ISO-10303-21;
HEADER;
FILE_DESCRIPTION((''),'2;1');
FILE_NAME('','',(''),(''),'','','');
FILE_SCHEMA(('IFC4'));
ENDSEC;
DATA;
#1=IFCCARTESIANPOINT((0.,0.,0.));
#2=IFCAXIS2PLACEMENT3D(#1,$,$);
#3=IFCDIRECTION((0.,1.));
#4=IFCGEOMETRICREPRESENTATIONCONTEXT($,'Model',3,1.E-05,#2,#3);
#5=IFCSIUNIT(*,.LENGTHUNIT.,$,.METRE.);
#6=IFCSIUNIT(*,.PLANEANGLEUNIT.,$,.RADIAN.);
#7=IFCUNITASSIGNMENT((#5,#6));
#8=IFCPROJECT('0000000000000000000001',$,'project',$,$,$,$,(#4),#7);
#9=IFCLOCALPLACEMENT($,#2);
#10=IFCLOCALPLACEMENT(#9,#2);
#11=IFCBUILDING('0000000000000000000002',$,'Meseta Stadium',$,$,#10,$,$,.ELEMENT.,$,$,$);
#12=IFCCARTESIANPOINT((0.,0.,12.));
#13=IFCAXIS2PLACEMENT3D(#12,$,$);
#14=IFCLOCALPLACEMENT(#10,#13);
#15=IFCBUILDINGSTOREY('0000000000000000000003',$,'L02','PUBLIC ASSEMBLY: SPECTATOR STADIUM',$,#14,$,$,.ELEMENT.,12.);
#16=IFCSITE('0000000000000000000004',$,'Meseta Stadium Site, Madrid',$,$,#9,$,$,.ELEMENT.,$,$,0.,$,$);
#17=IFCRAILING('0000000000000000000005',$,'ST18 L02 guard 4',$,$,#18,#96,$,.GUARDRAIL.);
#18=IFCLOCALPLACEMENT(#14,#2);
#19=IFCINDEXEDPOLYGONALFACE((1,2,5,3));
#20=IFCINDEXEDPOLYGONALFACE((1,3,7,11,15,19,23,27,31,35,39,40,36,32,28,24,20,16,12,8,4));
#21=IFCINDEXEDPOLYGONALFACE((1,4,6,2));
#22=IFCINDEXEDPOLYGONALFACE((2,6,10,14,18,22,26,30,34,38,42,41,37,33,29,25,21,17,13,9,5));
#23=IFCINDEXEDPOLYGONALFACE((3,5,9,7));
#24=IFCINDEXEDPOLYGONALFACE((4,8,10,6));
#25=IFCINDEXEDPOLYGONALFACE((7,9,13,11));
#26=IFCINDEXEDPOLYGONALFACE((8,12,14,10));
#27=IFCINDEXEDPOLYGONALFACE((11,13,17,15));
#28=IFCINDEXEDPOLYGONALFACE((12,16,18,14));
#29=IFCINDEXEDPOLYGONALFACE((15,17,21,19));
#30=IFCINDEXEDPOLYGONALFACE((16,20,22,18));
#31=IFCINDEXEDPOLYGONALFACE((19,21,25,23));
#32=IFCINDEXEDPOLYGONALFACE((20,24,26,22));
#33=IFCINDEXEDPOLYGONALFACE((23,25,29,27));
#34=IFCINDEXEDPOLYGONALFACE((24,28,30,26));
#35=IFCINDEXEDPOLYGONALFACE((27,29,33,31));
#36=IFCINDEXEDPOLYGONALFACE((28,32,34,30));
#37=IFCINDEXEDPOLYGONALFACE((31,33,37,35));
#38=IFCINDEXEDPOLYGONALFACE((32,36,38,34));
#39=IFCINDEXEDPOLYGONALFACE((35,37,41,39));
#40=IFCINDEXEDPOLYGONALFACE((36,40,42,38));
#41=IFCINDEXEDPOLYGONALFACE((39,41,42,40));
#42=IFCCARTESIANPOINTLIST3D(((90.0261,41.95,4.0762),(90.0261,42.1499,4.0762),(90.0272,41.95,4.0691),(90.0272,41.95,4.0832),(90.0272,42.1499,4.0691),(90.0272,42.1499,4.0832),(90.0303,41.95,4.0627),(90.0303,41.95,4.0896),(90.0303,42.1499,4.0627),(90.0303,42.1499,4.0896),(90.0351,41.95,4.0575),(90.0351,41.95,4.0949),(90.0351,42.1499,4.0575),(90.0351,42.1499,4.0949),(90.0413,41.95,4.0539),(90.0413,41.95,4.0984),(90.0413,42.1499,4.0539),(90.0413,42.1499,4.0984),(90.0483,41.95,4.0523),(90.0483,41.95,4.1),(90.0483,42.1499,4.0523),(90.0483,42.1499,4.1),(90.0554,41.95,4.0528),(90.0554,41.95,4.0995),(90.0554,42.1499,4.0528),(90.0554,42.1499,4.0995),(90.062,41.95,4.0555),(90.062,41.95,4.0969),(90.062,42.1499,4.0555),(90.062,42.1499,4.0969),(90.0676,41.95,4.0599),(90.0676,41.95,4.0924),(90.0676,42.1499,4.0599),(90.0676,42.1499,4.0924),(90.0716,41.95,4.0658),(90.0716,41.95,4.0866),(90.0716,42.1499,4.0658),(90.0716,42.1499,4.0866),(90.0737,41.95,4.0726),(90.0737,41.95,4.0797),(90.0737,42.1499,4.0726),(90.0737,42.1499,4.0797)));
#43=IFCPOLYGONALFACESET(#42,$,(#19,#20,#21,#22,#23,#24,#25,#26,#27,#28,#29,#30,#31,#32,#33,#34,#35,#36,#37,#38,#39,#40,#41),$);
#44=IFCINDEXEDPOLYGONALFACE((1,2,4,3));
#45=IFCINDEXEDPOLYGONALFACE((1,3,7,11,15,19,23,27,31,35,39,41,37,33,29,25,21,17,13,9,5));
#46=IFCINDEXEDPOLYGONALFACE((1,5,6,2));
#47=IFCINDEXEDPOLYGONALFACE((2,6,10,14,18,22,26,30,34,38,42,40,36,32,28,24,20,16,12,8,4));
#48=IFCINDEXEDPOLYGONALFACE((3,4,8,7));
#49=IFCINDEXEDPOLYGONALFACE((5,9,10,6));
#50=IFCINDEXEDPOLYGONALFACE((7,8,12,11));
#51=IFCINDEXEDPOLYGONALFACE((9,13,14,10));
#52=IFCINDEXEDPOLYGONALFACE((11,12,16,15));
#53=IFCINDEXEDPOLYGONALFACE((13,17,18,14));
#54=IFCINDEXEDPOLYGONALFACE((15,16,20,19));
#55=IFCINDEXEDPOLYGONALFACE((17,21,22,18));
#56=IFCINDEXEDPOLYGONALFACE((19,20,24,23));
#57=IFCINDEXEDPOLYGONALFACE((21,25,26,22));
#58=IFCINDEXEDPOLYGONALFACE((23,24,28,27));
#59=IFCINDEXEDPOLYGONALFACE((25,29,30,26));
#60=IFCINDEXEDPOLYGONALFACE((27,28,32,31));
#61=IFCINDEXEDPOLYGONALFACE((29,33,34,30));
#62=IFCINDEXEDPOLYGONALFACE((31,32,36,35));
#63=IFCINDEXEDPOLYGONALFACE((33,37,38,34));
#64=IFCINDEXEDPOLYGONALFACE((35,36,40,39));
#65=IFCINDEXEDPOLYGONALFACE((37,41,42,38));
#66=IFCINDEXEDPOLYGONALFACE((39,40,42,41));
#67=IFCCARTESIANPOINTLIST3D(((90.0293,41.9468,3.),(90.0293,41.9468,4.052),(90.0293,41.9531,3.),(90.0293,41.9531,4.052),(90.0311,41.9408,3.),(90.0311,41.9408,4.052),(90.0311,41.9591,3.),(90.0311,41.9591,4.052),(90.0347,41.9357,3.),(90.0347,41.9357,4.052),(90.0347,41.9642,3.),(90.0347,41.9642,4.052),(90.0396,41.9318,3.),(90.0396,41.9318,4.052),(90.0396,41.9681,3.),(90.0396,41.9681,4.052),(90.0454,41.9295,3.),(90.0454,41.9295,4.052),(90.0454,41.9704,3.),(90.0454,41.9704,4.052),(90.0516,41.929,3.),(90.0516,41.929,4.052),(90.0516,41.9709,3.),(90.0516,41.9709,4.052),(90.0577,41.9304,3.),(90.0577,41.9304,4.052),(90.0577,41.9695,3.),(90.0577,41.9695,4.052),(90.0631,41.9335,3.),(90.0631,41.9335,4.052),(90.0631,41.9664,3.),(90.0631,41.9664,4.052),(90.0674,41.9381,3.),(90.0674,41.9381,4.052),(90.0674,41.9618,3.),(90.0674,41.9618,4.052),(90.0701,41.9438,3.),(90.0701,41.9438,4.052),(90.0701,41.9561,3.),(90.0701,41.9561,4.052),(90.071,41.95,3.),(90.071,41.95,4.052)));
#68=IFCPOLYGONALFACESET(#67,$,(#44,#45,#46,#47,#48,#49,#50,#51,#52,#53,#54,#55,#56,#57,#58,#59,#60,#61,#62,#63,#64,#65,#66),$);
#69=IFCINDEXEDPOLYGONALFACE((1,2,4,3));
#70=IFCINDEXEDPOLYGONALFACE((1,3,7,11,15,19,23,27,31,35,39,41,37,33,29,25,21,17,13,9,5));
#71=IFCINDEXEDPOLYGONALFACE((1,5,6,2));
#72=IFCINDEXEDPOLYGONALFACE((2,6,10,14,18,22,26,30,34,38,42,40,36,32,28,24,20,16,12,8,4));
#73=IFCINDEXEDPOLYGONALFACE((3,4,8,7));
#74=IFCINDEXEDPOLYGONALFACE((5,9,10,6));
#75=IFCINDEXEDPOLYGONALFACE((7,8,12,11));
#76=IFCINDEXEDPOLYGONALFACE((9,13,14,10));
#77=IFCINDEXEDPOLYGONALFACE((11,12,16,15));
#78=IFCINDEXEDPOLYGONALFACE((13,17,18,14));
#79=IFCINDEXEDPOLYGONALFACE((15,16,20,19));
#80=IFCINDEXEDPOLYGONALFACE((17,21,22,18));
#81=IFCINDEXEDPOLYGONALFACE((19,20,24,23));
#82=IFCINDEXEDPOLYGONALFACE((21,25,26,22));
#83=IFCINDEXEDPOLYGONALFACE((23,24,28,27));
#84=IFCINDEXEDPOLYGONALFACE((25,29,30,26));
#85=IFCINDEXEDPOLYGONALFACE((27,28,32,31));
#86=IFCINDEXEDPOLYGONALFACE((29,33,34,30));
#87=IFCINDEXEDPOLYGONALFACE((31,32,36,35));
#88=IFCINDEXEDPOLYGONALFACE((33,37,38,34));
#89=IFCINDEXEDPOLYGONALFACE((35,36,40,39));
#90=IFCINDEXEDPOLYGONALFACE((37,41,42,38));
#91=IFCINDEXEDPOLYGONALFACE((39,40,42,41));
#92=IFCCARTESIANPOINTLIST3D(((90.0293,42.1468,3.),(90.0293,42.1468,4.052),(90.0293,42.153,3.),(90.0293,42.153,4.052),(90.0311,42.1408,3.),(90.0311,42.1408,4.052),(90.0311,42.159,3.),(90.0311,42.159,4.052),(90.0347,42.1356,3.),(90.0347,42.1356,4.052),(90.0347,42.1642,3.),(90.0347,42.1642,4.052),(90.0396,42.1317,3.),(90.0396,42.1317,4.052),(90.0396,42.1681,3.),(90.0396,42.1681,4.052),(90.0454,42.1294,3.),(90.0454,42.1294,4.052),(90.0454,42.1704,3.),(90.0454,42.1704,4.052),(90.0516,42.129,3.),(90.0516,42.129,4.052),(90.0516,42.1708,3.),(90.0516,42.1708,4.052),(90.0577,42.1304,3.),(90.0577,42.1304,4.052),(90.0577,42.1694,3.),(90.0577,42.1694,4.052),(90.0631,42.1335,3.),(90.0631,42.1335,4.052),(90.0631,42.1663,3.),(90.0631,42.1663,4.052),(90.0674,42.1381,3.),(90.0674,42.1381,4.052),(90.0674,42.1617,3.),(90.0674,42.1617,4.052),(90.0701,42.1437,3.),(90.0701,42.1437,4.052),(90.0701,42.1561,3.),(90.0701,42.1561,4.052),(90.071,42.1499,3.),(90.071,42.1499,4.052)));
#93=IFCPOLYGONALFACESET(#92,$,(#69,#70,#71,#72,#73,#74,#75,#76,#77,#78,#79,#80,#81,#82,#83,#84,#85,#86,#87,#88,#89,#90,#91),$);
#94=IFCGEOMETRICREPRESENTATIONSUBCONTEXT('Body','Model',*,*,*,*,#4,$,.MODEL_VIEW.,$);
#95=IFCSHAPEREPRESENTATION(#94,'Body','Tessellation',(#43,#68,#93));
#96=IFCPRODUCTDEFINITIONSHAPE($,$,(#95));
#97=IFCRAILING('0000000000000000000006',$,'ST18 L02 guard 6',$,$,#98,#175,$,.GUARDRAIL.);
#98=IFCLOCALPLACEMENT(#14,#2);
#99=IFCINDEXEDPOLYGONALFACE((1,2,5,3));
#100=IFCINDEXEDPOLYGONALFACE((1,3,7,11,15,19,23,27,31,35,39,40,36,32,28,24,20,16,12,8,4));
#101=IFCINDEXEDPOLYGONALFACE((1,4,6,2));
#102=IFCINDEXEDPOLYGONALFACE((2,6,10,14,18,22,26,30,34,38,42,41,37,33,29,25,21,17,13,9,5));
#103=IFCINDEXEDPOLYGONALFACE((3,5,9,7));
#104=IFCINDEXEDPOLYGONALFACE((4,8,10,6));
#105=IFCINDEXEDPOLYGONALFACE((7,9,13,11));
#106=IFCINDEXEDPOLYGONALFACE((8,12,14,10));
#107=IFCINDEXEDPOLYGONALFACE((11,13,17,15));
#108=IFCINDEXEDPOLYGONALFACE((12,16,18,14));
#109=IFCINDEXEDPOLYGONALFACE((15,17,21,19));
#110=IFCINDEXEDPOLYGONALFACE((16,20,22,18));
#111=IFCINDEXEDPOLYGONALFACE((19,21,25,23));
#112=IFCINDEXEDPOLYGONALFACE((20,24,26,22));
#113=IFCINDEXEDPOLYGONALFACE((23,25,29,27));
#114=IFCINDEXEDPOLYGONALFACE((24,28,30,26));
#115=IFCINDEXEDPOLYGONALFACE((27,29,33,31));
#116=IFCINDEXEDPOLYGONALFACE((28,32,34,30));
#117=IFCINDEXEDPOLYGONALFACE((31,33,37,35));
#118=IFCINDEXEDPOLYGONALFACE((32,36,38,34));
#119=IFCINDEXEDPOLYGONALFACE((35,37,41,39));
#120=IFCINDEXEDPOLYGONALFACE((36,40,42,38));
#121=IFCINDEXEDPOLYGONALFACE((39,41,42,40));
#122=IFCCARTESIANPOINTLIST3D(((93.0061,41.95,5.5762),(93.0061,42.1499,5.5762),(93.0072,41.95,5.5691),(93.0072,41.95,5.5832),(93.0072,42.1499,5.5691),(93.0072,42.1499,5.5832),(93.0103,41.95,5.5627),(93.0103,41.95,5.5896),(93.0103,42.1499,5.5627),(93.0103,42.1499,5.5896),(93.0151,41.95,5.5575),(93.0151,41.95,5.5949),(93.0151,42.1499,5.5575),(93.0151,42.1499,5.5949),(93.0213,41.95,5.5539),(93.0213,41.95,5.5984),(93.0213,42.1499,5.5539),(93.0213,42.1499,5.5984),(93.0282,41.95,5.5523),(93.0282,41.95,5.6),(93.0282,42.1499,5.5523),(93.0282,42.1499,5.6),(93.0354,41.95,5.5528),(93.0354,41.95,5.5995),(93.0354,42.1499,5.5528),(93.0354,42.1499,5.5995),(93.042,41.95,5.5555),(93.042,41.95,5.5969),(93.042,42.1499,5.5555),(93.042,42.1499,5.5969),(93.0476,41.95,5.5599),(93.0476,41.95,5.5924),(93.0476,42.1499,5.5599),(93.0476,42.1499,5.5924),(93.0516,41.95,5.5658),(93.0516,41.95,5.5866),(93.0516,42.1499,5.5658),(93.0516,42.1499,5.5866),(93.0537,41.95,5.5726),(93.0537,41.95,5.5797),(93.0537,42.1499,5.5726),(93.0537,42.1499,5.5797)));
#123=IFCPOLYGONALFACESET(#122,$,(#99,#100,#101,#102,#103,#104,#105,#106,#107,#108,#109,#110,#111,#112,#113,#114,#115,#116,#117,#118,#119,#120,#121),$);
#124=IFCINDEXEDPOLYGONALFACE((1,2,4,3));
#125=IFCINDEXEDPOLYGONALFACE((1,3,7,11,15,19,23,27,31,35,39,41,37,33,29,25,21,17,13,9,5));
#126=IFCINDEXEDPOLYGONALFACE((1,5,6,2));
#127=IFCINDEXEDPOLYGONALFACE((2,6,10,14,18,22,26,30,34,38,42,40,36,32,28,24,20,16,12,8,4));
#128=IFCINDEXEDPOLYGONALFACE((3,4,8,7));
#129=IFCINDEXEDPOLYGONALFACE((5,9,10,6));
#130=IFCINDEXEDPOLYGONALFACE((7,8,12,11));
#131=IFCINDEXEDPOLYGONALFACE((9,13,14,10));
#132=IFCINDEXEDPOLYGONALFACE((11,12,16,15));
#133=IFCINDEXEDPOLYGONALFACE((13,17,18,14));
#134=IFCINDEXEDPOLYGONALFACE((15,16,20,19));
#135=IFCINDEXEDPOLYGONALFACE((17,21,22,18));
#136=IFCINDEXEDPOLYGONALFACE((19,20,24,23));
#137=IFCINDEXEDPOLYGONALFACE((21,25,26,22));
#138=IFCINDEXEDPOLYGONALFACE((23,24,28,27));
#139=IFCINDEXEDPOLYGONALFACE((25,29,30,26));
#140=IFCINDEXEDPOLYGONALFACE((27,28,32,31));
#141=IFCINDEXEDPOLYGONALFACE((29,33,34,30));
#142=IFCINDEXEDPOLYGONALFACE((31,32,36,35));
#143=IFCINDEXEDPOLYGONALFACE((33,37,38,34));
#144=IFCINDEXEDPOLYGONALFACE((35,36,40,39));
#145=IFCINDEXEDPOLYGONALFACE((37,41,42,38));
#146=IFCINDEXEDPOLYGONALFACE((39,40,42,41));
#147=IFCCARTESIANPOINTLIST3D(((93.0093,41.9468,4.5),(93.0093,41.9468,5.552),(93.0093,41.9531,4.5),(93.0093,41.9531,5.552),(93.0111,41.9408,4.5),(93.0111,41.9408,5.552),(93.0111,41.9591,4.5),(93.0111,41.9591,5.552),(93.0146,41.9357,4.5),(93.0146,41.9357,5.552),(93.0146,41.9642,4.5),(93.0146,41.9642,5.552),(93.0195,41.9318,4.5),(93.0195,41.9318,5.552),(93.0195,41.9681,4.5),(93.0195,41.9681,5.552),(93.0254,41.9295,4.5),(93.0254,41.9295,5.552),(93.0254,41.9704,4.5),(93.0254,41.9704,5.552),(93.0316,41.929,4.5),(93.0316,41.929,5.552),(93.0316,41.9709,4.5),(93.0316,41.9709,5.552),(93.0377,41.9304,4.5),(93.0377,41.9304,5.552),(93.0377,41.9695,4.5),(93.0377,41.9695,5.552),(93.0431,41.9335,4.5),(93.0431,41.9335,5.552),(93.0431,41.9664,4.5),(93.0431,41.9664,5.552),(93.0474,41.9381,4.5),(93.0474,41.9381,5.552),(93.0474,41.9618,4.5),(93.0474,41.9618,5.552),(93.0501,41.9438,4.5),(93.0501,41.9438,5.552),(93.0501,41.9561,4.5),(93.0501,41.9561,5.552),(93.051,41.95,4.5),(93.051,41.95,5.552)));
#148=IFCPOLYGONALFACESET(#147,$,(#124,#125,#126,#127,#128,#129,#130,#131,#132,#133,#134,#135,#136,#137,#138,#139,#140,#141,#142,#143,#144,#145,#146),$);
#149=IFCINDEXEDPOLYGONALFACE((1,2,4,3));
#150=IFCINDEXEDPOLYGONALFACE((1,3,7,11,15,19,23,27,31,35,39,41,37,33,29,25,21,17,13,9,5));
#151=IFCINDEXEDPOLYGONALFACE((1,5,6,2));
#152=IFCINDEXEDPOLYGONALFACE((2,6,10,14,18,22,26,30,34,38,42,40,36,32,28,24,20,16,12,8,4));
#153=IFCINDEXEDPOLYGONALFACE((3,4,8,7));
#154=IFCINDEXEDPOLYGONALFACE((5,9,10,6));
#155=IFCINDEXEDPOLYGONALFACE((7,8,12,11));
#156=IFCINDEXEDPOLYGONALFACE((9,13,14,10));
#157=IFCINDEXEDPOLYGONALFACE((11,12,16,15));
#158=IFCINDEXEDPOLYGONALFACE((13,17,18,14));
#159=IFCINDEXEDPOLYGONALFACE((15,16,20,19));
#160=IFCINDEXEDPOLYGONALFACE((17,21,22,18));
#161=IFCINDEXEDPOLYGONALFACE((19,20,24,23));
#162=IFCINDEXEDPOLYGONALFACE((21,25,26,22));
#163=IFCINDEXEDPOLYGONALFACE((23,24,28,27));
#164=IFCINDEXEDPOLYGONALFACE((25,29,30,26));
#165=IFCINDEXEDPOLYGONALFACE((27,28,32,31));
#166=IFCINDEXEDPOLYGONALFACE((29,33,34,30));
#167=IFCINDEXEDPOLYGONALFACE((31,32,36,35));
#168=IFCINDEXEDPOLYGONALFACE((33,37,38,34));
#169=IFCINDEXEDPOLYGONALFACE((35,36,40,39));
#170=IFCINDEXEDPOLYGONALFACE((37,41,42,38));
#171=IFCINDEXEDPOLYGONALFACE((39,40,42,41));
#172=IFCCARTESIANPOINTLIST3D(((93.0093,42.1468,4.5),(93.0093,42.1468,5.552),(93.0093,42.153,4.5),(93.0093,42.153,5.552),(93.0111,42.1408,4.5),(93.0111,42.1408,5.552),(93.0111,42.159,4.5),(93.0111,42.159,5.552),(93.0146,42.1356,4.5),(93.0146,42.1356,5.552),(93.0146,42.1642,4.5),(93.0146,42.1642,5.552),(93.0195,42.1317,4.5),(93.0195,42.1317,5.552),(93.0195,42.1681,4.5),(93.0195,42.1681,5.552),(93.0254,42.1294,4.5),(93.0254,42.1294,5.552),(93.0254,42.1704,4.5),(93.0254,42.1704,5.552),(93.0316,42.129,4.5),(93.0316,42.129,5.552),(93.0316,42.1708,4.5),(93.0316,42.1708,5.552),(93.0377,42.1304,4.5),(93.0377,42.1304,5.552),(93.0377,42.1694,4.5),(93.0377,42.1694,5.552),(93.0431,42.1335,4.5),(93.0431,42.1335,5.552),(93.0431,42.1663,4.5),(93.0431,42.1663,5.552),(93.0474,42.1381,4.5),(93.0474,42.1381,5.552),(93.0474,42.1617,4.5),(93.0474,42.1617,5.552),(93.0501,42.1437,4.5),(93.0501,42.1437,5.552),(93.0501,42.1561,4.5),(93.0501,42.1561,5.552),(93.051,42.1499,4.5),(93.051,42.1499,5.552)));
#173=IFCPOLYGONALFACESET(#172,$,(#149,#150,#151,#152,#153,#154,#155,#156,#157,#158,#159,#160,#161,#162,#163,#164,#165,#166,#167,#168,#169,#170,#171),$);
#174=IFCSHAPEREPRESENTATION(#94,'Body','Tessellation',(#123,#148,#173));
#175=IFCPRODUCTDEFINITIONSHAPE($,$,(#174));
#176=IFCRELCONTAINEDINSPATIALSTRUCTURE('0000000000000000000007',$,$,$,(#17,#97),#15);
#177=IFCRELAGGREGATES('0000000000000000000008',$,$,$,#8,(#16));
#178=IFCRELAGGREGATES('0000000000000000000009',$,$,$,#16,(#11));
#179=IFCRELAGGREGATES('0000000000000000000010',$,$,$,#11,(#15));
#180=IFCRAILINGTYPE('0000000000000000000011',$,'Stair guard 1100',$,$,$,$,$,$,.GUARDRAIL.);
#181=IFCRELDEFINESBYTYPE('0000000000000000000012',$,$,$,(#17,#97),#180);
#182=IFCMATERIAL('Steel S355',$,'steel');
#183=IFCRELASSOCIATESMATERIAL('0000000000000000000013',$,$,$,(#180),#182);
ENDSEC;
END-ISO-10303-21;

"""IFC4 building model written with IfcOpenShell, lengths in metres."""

from ifc_helpers import new_model, si_unit, direction, frame, origin, origin_2d, place, context, subcontext, project, spatial, circle, extrude, material, type_object, element, save


model = new_model("IFC4")

# Units and contexts
model_context = context("Model", 3, precision=1e-05, world=origin(), true_north=direction((0.0, 1.0)))
body_context = subcontext(model_context, "Body", "Model", "MODEL_VIEW")
ifc_project = project(units=[si_unit("LENGTHUNIT", "METRE"), si_unit("PLANEANGLEUNIT", "RADIAN")], contexts=[model_context])

# Site, building, storey
site_placement = place(None, origin())
site = spatial("IfcSite", under=ifc_project, at=site_placement, Name="Meseta Stadium Site, Madrid", CompositionType="ELEMENT", RefElevation=0.0)
building_placement = place(site_placement, origin())
building = spatial("IfcBuilding", under=site, at=building_placement, Name="Meseta Stadium", CompositionType="ELEMENT")
storey_placement = place(building_placement, frame((0.0, 0.0, 12.0)))
storey = spatial("IfcBuildingStorey", under=building, at=storey_placement, Name="L02", Description="PUBLIC ASSEMBLY: SPECTATOR STADIUM", CompositionType="ELEMENT", Elevation=12.0)

# Railings
ifc_material_1 = material(Name="Steel S355", Category="steel")
railing_type_1 = type_object("IfcRailingType", Name="Stair guard 1100", PredefinedType="GUARDRAIL", material=ifc_material_1)
for number, where, name in (
    (1, (90.05, 41.95, 3.0), "ST18 L02 guard 4"),
    (2, (93.03, 41.95, 4.5), "ST18 L02 guard 6"),
):
    element("IfcRailing", number, at=place(storey_placement, frame(where)), inside=storey, type_object=railing_type_1, Name=name, PredefinedType="GUARDRAIL", context=body_context, shape_type="SweptSolid", body=[
        extrude(circle(Radius=0.0239, at=origin_2d()), frame((0.0, 0.0, 1.0762), z_axis=(0.0, 1.0, 0.0), x_axis=(-1.0, 0.0, 0.0)), (0.0, 0.0, 1.0), 0.2),
        extrude(circle(Radius=0.021, at=origin_2d()), origin(), (0.0, 0.0, 1.0), 1.052),
        extrude(circle(Radius=0.021, at=origin_2d()), frame((0.0, 0.2, 0.0)), (0.0, 0.0, 1.0), 1.052),
    ])

save(model, "model.ifc")
